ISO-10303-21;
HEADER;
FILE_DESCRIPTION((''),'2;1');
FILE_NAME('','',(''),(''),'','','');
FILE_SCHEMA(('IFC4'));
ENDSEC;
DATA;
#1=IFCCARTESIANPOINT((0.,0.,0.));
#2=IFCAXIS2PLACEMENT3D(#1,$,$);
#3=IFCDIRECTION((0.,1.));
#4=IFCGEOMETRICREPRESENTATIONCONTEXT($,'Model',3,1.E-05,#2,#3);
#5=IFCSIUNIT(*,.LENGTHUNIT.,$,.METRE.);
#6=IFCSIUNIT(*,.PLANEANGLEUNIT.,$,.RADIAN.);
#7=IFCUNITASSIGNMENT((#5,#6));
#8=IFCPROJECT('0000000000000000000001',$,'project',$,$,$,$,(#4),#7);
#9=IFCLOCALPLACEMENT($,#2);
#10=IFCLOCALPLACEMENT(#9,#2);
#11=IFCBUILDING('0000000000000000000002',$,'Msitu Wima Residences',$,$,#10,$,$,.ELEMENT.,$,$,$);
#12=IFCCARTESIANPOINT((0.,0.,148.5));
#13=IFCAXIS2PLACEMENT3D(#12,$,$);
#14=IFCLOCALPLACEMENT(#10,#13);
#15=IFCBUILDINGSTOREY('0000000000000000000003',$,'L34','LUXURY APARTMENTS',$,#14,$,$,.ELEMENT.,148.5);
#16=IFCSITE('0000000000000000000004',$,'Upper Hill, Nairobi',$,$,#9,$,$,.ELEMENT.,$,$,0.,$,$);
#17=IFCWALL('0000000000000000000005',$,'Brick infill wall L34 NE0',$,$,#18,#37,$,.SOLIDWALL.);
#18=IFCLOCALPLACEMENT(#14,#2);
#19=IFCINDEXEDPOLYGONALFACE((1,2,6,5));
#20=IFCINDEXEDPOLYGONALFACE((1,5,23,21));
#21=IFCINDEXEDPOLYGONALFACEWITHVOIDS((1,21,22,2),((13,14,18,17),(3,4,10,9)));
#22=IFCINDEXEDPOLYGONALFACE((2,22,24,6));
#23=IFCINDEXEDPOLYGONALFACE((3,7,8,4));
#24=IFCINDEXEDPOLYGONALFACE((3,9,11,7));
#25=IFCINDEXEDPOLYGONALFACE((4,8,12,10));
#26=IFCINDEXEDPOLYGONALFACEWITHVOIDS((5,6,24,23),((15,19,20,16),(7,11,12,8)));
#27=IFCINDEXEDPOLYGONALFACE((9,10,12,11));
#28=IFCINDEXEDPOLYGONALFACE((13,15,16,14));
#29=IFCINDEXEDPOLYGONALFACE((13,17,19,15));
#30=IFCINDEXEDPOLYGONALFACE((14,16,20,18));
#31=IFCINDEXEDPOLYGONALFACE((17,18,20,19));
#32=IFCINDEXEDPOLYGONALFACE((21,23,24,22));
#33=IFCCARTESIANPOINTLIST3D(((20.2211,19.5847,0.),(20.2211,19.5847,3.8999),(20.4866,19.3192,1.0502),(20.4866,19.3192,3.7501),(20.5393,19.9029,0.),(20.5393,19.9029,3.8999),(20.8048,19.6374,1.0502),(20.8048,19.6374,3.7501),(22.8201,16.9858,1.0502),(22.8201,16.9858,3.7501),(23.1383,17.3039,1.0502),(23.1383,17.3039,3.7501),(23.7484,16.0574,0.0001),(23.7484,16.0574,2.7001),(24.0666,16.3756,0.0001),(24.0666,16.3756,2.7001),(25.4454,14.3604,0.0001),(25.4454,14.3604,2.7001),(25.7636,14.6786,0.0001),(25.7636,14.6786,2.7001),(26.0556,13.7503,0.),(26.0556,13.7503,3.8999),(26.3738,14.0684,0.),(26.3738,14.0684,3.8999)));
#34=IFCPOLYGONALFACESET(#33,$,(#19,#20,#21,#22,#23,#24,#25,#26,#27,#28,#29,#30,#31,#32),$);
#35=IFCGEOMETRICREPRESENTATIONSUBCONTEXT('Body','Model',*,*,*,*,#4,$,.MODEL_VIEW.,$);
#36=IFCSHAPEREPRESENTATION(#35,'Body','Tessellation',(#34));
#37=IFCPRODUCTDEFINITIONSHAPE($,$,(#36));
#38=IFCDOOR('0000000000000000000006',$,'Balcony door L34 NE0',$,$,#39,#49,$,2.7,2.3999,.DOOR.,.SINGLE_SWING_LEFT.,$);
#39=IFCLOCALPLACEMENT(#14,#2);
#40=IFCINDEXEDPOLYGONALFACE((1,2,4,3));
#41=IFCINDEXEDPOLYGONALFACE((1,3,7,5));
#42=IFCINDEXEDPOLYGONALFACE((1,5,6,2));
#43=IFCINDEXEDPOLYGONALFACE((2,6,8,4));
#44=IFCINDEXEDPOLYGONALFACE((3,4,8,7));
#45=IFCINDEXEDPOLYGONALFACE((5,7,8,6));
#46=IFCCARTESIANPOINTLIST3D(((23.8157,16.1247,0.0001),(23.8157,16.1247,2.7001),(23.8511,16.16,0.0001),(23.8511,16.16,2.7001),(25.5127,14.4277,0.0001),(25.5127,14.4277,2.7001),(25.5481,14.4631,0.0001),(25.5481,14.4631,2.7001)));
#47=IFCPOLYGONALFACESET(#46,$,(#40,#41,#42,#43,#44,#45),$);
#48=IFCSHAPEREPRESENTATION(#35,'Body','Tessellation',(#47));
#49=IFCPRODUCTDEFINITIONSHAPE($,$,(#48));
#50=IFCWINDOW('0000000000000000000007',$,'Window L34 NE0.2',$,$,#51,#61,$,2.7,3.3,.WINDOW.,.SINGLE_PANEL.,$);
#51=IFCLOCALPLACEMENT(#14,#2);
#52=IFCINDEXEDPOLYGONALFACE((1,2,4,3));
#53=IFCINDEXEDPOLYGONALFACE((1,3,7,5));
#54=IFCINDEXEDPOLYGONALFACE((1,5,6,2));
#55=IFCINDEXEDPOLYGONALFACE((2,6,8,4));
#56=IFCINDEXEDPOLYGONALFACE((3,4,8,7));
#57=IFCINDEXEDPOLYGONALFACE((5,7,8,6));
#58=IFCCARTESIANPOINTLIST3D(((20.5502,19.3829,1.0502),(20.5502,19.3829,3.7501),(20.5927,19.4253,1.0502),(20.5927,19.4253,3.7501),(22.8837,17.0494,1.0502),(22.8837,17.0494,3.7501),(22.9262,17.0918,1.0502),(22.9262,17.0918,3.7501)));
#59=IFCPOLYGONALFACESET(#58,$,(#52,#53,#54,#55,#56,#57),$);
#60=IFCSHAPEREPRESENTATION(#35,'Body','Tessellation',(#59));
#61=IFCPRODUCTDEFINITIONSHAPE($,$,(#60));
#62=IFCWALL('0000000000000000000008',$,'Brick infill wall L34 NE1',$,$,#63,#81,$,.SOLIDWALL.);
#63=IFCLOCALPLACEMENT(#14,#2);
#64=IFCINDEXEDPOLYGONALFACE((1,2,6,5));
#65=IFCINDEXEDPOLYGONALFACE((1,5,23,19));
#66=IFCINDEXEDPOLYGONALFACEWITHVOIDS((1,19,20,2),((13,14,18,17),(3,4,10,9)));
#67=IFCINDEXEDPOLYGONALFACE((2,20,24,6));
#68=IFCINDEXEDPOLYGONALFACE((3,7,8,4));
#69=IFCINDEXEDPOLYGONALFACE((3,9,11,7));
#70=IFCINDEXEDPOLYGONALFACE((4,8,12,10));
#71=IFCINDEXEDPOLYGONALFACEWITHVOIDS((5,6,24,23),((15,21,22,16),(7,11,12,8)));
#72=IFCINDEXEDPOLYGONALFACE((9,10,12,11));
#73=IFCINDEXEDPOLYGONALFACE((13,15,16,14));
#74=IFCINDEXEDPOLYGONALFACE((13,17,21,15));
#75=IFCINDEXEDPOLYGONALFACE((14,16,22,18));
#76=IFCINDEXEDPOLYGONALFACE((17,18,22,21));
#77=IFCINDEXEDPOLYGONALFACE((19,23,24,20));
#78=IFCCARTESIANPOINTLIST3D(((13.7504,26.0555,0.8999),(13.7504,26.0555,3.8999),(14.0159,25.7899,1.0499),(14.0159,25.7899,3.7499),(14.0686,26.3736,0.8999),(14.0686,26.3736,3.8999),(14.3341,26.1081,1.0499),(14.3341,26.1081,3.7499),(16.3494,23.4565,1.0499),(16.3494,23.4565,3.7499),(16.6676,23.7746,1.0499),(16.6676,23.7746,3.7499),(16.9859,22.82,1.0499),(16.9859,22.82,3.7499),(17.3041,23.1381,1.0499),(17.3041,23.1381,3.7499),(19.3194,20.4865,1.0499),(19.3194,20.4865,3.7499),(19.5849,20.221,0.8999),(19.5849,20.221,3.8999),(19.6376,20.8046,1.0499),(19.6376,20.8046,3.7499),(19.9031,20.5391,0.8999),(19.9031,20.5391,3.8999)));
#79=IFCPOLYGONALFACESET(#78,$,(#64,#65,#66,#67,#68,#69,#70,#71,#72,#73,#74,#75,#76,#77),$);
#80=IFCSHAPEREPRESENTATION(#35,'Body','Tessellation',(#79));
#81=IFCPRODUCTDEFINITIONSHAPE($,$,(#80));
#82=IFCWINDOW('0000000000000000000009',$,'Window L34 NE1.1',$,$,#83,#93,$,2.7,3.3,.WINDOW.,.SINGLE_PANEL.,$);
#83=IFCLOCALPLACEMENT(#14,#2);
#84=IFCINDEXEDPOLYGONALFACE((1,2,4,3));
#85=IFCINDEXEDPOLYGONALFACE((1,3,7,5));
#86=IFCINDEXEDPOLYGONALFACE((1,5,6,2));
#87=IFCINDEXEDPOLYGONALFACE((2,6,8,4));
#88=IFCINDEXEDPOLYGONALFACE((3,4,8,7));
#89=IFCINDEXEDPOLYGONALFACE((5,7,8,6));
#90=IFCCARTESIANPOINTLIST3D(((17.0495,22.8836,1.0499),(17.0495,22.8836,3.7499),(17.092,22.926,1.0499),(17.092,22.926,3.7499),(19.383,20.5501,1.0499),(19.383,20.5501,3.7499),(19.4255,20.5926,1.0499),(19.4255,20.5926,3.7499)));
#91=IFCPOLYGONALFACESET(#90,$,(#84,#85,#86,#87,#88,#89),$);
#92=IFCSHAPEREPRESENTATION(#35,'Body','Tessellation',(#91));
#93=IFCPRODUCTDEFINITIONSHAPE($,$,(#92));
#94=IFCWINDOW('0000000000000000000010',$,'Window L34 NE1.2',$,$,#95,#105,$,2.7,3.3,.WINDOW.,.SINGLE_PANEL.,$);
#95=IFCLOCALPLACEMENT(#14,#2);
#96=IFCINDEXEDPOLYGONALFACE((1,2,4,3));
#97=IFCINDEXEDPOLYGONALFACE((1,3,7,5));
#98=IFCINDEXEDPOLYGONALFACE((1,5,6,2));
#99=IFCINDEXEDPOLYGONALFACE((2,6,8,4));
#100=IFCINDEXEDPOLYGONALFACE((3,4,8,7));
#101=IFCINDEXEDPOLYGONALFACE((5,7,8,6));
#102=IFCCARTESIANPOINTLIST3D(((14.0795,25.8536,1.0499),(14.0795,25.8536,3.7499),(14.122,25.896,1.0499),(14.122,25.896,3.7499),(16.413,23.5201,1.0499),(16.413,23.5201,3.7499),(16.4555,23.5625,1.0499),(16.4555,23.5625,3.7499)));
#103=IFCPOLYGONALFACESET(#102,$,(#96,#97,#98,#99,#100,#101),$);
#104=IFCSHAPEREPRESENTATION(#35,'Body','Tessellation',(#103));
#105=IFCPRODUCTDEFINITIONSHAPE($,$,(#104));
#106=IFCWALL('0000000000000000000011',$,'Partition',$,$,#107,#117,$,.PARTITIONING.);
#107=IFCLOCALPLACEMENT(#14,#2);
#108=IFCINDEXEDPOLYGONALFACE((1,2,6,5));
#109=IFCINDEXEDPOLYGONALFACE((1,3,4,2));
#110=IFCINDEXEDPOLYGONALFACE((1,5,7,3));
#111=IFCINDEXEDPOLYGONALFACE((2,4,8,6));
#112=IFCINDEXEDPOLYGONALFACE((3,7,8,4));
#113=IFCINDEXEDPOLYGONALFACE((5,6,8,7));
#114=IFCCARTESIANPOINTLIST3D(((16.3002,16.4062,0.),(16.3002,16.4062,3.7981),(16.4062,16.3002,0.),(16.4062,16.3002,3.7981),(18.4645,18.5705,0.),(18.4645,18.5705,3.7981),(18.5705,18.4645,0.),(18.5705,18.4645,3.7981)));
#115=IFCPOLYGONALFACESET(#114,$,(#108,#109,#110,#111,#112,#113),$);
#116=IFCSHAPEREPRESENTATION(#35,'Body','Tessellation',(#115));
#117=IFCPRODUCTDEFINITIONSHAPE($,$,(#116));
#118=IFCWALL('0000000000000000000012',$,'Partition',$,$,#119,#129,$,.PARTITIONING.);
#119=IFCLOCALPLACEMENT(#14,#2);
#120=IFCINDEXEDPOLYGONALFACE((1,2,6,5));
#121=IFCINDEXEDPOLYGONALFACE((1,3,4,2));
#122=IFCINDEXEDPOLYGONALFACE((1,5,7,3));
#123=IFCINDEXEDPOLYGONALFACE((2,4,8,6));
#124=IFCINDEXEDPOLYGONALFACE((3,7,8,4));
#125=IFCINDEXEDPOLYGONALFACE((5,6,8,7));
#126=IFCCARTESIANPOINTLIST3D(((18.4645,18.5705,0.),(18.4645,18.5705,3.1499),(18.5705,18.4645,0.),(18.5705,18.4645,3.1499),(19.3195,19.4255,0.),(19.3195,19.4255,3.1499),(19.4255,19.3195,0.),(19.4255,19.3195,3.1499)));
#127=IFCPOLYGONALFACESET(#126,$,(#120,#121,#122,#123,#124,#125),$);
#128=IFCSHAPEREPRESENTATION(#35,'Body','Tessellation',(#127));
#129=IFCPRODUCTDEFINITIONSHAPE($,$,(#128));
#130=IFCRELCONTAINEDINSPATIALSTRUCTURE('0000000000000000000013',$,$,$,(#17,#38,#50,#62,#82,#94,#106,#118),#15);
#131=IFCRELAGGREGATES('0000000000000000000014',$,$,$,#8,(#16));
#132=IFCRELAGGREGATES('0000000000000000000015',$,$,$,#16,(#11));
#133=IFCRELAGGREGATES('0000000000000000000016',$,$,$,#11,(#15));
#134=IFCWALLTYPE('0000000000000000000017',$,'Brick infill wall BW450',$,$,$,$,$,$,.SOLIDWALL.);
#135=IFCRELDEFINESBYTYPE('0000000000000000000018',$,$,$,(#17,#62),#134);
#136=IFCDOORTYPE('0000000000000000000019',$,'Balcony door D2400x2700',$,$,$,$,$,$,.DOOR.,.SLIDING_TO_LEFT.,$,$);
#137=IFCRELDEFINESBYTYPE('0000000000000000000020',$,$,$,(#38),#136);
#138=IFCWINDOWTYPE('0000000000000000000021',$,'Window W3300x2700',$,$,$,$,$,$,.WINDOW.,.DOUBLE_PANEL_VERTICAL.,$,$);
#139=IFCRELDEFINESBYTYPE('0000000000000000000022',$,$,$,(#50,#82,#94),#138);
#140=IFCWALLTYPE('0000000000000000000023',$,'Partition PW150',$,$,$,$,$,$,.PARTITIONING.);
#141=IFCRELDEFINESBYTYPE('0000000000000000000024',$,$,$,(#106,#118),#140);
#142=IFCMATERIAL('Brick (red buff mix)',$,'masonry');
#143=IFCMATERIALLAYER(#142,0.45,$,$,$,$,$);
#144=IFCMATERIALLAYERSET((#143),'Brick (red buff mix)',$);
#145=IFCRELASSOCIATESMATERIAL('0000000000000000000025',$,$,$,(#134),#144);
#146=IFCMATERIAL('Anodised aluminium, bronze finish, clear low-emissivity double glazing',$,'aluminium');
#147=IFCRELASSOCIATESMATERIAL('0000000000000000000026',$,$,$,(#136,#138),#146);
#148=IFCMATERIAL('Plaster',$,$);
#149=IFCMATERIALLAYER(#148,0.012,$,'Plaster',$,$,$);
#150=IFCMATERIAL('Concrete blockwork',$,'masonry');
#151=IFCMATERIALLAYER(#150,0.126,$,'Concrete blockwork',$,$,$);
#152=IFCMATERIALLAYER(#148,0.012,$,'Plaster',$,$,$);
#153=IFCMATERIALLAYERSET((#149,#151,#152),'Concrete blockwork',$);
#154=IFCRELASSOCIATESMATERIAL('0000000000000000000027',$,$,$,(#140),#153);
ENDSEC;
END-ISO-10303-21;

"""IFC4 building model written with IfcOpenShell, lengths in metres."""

from ifc_helpers import new_model, si_unit, direction, frame, frame_2d, origin, place, context, subcontext, project, spatial, rectangle, extrude, material, layer, layer_set, type_object, element, fill, save


model = new_model("IFC4")

# Units and contexts
model_context = context("Model", 3, precision=1e-05, world=origin(), true_north=direction((0.0, 1.0)))
body_context = subcontext(model_context, "Body", "Model", "MODEL_VIEW")
ifc_project = project(units=[si_unit("LENGTHUNIT", "METRE"), si_unit("PLANEANGLEUNIT", "RADIAN")], contexts=[model_context])

# Site, building, storey
site_placement = place(None, origin())
site = spatial("IfcSite", under=ifc_project, at=site_placement, Name="Upper Hill, Nairobi", CompositionType="ELEMENT", RefElevation=0.0)
building_placement = place(site_placement, origin())
building = spatial("IfcBuilding", under=site, at=building_placement, Name="Msitu Wima Residences", CompositionType="ELEMENT")
storey_placement = place(building_placement, frame((0.0, 0.0, 148.5)))
storey = spatial("IfcBuildingStorey", under=building, at=storey_placement, Name="L34", Description="LUXURY APARTMENTS", CompositionType="ELEMENT", Elevation=148.5)

# Wall, openings, door, window
ifc_material_1 = material(Name="Brick (red buff mix)", Category="masonry")
ifc_layer_1 = layer(ifc_material_1, 0.45)
ifc_layer_set_1 = layer_set([ifc_layer_1], Name="Brick (red buff mix)")
wall_type_1 = type_object("IfcWallType", Name="Brick infill wall BW450", PredefinedType="SOLIDWALL", material=ifc_layer_set_1)
wall_1_placement = place(storey_placement, frame((26.2146, 13.9094, 0.0), z_axis=(0.0, 0.0, 1.0), x_axis=(-0.707107, 0.707107, 0.0)))
wall_1 = element("IfcWall", 1, at=wall_1_placement, inside=storey, type_object=wall_type_1, Name="Brick infill wall L34 NE0", PredefinedType="SOLIDWALL", context=body_context, shape_type="SweptSolid", body=[
    extrude(rectangle(XDim=8.2512, YDim=0.45, at=frame_2d((4.1255, 0.0))), origin(), (0.0, 0.0, 1.0), 3.8999),
])
opening_1_placement = place(wall_1_placement, frame((0.8628, 0.0, 0.0)))
opening_1 = element("IfcOpeningElement", 2, at=opening_1_placement, cuts=wall_1, PredefinedType="OPENING", context=body_context, shape_type="SweptSolid", body=[
    extrude(rectangle(XDim=2.3999, YDim=2.7, at=frame_2d((1.2, 1.3501))), frame((0.0, 0.2349, 0.0), z_axis=(0.0, -1.0, 0.0), x_axis=(1.0, 0.0, 0.0)), (0.0, 0.0, 1.0), 0.47),
])
opening_2_placement = place(wall_1_placement, frame((4.5757, 0.0, 1.05)))
opening_2 = element("IfcOpeningElement", 3, at=opening_2_placement, cuts=wall_1, PredefinedType="OPENING", context=body_context, shape_type="SweptSolid", body=[
    extrude(rectangle(XDim=3.3, YDim=2.7, at=frame_2d((1.6499, 1.3501))), frame((0.0, 0.2349, 0.0), z_axis=(0.0, -1.0, 0.0), x_axis=(1.0, 0.0, 0.0)), (0.0, 0.0, 1.0), 0.47),
])
ifc_material_2 = material(Name="Anodised aluminium, bronze finish, clear low-emissivity double glazing", Category="aluminium")
door_type_1 = type_object("IfcDoorType", Name="Balcony door D2400x2700", OperationType="SLIDING_TO_LEFT", PredefinedType="DOOR", material=ifc_material_2)
door_1_placement = place(opening_1_placement, origin())
door_1 = element("IfcDoor", 4, at=door_1_placement, inside=storey, type_object=door_type_1, Name="Balcony door L34 NE0", OperationType="SINGLE_SWING_LEFT", OverallHeight=2.7, OverallWidth=2.3999, PredefinedType="DOOR", context=body_context, shape_type="SweptSolid", body=[
    extrude(rectangle(XDim=2.3999, YDim=2.7, at=frame_2d((1.2, 1.3501))), frame((0.0, 0.1299, 0.0), z_axis=(0.0, -1.0, 0.0), x_axis=(1.0, 0.0, 0.0)), (0.0, 0.0, 1.0), 0.05),
])
fill(opening_1, door_1)
window_type = type_object("IfcWindowType", Name="Window W3300x2700", PartitioningType="DOUBLE_PANEL_VERTICAL", PredefinedType="WINDOW", material=ifc_material_2)
window_1_placement = place(opening_2_placement, origin())
window_1 = element("IfcWindow", 5, at=window_1_placement, inside=storey, type_object=window_type, Name="Window L34 NE0.2", OverallHeight=2.7, OverallWidth=3.3, PartitioningType="SINGLE_PANEL", PredefinedType="WINDOW", context=body_context, shape_type="SweptSolid", body=[
    extrude(rectangle(XDim=3.3, YDim=2.7, at=frame_2d((1.6499, 1.3501))), frame((0.0, 0.135, 0.0), z_axis=(0.0, -1.0, 0.0), x_axis=(1.0, 0.0, 0.0)), (0.0, 0.0, 1.0), 0.0601),
])
fill(opening_2, window_1)

# Wall, openings, windows
wall_2_placement = place(storey_placement, frame((19.7439, 20.3801, 0.8999), z_axis=(0.0, 0.0, 1.0), x_axis=(-0.707107, 0.707107, 0.0)))
wall_2 = element("IfcWall", 6, at=wall_2_placement, inside=storey, type_object=wall_type_1, Name="Brick infill wall L34 NE1", PredefinedType="SOLIDWALL", context=body_context, shape_type="SweptSolid", body=[
    extrude(rectangle(XDim=8.2512, YDim=0.45, at=frame_2d((4.1255, 0.0))), origin(), (0.0, 0.0, 1.0), 3.0),
])
opening_3_placement = place(wall_2_placement, frame((0.3755, 0.0, 0.1499)))
opening_3 = element("IfcOpeningElement", 7, at=opening_3_placement, cuts=wall_2, PredefinedType="OPENING", context=body_context, shape_type="SweptSolid", body=[
    extrude(rectangle(XDim=3.3, YDim=2.7, at=frame_2d((1.6499, 1.3501))), frame((0.0, 0.2349, 0.0), z_axis=(0.0, -1.0, 0.0), x_axis=(1.0, 0.0, 0.0)), (0.0, 0.0, 1.0), 0.47),
])
opening_4_placement = place(wall_2_placement, frame((4.5757, 0.0, 0.1499)))
opening_4 = element("IfcOpeningElement", 8, at=opening_4_placement, cuts=wall_2, PredefinedType="OPENING", context=body_context, shape_type="SweptSolid", body=[
    extrude(rectangle(XDim=3.3, YDim=2.7, at=frame_2d((1.6499, 1.3501))), frame((0.0, 0.2349, 0.0), z_axis=(0.0, -1.0, 0.0), x_axis=(1.0, 0.0, 0.0)), (0.0, 0.0, 1.0), 0.47),
])
window_2_placement = place(opening_3_placement, origin())
window_2 = element("IfcWindow", 9, at=window_2_placement, inside=storey, type_object=window_type, Name="Window L34 NE1.1", OverallHeight=2.7, OverallWidth=3.3, PartitioningType="SINGLE_PANEL", PredefinedType="WINDOW", context=body_context, shape_type="SweptSolid", body=[
    extrude(rectangle(XDim=3.3, YDim=2.7, at=frame_2d((1.6499, 1.3501))), frame((0.0, 0.135, 0.0), z_axis=(0.0, -1.0, 0.0), x_axis=(1.0, 0.0, 0.0)), (0.0, 0.0, 1.0), 0.0601),
])
fill(opening_3, window_2)
window_3_placement = place(opening_4_placement, origin())
window_3 = element("IfcWindow", 10, at=window_3_placement, inside=storey, type_object=window_type, Name="Window L34 NE1.2", OverallHeight=2.7, OverallWidth=3.3, PartitioningType="SINGLE_PANEL", PredefinedType="WINDOW", context=body_context, shape_type="SweptSolid", body=[
    extrude(rectangle(XDim=3.3, YDim=2.7, at=frame_2d((1.6499, 1.3501))), frame((0.0, 0.135, 0.0), z_axis=(0.0, -1.0, 0.0), x_axis=(1.0, 0.0, 0.0)), (0.0, 0.0, 1.0), 0.0601),
])
fill(opening_4, window_3)

# Walls
ifc_material_3 = material(Name="Plaster")
ifc_layer_2 = layer(ifc_material_3, 0.012, Name="Plaster")
ifc_material_4 = material(Name="Concrete blockwork", Category="masonry")
ifc_layer_3 = layer(ifc_material_4, 0.126, Name="Concrete blockwork")
ifc_layer_4 = layer(ifc_material_3, 0.012, Name="Plaster")
ifc_layer_set_2 = layer_set([ifc_layer_2, ifc_layer_3, ifc_layer_4], Name="Concrete blockwork")
wall_type_2 = type_object("IfcWallType", Name="Partition PW150", PredefinedType="PARTITIONING", material=ifc_layer_set_2)
wall_3_placement = place(storey_placement, frame((16.3533, 16.3533, 0.0), z_axis=(0.0, 0.0, 1.0), x_axis=(0.707107, 0.707107, 0.0)))
element("IfcWall", 11, at=wall_3_placement, inside=storey, type_object=wall_type_2, Name="Partition", PredefinedType="PARTITIONING", context=body_context, shape_type="SweptSolid", body=[
    extrude(rectangle(XDim=3.0608, YDim=0.1499, at=frame_2d((1.5303, 0.0))), origin(), (0.0, 0.0, 1.0), 3.7981),
])
wall_4_placement = place(storey_placement, frame((18.5176, 18.5176, 0.0), z_axis=(0.0, 0.0, 1.0), x_axis=(0.707107, 0.707107, 0.0)))
element("IfcWall", 12, at=wall_4_placement, inside=storey, type_object=wall_type_2, Name="Partition", PredefinedType="PARTITIONING", context=body_context, shape_type="SweptSolid", body=[
    extrude(rectangle(XDim=1.2092, YDim=0.1499, at=frame_2d((0.6045, 0.0))), origin(), (0.0, 0.0, 1.0), 3.1499),
])

save(model, "model.ifc")
